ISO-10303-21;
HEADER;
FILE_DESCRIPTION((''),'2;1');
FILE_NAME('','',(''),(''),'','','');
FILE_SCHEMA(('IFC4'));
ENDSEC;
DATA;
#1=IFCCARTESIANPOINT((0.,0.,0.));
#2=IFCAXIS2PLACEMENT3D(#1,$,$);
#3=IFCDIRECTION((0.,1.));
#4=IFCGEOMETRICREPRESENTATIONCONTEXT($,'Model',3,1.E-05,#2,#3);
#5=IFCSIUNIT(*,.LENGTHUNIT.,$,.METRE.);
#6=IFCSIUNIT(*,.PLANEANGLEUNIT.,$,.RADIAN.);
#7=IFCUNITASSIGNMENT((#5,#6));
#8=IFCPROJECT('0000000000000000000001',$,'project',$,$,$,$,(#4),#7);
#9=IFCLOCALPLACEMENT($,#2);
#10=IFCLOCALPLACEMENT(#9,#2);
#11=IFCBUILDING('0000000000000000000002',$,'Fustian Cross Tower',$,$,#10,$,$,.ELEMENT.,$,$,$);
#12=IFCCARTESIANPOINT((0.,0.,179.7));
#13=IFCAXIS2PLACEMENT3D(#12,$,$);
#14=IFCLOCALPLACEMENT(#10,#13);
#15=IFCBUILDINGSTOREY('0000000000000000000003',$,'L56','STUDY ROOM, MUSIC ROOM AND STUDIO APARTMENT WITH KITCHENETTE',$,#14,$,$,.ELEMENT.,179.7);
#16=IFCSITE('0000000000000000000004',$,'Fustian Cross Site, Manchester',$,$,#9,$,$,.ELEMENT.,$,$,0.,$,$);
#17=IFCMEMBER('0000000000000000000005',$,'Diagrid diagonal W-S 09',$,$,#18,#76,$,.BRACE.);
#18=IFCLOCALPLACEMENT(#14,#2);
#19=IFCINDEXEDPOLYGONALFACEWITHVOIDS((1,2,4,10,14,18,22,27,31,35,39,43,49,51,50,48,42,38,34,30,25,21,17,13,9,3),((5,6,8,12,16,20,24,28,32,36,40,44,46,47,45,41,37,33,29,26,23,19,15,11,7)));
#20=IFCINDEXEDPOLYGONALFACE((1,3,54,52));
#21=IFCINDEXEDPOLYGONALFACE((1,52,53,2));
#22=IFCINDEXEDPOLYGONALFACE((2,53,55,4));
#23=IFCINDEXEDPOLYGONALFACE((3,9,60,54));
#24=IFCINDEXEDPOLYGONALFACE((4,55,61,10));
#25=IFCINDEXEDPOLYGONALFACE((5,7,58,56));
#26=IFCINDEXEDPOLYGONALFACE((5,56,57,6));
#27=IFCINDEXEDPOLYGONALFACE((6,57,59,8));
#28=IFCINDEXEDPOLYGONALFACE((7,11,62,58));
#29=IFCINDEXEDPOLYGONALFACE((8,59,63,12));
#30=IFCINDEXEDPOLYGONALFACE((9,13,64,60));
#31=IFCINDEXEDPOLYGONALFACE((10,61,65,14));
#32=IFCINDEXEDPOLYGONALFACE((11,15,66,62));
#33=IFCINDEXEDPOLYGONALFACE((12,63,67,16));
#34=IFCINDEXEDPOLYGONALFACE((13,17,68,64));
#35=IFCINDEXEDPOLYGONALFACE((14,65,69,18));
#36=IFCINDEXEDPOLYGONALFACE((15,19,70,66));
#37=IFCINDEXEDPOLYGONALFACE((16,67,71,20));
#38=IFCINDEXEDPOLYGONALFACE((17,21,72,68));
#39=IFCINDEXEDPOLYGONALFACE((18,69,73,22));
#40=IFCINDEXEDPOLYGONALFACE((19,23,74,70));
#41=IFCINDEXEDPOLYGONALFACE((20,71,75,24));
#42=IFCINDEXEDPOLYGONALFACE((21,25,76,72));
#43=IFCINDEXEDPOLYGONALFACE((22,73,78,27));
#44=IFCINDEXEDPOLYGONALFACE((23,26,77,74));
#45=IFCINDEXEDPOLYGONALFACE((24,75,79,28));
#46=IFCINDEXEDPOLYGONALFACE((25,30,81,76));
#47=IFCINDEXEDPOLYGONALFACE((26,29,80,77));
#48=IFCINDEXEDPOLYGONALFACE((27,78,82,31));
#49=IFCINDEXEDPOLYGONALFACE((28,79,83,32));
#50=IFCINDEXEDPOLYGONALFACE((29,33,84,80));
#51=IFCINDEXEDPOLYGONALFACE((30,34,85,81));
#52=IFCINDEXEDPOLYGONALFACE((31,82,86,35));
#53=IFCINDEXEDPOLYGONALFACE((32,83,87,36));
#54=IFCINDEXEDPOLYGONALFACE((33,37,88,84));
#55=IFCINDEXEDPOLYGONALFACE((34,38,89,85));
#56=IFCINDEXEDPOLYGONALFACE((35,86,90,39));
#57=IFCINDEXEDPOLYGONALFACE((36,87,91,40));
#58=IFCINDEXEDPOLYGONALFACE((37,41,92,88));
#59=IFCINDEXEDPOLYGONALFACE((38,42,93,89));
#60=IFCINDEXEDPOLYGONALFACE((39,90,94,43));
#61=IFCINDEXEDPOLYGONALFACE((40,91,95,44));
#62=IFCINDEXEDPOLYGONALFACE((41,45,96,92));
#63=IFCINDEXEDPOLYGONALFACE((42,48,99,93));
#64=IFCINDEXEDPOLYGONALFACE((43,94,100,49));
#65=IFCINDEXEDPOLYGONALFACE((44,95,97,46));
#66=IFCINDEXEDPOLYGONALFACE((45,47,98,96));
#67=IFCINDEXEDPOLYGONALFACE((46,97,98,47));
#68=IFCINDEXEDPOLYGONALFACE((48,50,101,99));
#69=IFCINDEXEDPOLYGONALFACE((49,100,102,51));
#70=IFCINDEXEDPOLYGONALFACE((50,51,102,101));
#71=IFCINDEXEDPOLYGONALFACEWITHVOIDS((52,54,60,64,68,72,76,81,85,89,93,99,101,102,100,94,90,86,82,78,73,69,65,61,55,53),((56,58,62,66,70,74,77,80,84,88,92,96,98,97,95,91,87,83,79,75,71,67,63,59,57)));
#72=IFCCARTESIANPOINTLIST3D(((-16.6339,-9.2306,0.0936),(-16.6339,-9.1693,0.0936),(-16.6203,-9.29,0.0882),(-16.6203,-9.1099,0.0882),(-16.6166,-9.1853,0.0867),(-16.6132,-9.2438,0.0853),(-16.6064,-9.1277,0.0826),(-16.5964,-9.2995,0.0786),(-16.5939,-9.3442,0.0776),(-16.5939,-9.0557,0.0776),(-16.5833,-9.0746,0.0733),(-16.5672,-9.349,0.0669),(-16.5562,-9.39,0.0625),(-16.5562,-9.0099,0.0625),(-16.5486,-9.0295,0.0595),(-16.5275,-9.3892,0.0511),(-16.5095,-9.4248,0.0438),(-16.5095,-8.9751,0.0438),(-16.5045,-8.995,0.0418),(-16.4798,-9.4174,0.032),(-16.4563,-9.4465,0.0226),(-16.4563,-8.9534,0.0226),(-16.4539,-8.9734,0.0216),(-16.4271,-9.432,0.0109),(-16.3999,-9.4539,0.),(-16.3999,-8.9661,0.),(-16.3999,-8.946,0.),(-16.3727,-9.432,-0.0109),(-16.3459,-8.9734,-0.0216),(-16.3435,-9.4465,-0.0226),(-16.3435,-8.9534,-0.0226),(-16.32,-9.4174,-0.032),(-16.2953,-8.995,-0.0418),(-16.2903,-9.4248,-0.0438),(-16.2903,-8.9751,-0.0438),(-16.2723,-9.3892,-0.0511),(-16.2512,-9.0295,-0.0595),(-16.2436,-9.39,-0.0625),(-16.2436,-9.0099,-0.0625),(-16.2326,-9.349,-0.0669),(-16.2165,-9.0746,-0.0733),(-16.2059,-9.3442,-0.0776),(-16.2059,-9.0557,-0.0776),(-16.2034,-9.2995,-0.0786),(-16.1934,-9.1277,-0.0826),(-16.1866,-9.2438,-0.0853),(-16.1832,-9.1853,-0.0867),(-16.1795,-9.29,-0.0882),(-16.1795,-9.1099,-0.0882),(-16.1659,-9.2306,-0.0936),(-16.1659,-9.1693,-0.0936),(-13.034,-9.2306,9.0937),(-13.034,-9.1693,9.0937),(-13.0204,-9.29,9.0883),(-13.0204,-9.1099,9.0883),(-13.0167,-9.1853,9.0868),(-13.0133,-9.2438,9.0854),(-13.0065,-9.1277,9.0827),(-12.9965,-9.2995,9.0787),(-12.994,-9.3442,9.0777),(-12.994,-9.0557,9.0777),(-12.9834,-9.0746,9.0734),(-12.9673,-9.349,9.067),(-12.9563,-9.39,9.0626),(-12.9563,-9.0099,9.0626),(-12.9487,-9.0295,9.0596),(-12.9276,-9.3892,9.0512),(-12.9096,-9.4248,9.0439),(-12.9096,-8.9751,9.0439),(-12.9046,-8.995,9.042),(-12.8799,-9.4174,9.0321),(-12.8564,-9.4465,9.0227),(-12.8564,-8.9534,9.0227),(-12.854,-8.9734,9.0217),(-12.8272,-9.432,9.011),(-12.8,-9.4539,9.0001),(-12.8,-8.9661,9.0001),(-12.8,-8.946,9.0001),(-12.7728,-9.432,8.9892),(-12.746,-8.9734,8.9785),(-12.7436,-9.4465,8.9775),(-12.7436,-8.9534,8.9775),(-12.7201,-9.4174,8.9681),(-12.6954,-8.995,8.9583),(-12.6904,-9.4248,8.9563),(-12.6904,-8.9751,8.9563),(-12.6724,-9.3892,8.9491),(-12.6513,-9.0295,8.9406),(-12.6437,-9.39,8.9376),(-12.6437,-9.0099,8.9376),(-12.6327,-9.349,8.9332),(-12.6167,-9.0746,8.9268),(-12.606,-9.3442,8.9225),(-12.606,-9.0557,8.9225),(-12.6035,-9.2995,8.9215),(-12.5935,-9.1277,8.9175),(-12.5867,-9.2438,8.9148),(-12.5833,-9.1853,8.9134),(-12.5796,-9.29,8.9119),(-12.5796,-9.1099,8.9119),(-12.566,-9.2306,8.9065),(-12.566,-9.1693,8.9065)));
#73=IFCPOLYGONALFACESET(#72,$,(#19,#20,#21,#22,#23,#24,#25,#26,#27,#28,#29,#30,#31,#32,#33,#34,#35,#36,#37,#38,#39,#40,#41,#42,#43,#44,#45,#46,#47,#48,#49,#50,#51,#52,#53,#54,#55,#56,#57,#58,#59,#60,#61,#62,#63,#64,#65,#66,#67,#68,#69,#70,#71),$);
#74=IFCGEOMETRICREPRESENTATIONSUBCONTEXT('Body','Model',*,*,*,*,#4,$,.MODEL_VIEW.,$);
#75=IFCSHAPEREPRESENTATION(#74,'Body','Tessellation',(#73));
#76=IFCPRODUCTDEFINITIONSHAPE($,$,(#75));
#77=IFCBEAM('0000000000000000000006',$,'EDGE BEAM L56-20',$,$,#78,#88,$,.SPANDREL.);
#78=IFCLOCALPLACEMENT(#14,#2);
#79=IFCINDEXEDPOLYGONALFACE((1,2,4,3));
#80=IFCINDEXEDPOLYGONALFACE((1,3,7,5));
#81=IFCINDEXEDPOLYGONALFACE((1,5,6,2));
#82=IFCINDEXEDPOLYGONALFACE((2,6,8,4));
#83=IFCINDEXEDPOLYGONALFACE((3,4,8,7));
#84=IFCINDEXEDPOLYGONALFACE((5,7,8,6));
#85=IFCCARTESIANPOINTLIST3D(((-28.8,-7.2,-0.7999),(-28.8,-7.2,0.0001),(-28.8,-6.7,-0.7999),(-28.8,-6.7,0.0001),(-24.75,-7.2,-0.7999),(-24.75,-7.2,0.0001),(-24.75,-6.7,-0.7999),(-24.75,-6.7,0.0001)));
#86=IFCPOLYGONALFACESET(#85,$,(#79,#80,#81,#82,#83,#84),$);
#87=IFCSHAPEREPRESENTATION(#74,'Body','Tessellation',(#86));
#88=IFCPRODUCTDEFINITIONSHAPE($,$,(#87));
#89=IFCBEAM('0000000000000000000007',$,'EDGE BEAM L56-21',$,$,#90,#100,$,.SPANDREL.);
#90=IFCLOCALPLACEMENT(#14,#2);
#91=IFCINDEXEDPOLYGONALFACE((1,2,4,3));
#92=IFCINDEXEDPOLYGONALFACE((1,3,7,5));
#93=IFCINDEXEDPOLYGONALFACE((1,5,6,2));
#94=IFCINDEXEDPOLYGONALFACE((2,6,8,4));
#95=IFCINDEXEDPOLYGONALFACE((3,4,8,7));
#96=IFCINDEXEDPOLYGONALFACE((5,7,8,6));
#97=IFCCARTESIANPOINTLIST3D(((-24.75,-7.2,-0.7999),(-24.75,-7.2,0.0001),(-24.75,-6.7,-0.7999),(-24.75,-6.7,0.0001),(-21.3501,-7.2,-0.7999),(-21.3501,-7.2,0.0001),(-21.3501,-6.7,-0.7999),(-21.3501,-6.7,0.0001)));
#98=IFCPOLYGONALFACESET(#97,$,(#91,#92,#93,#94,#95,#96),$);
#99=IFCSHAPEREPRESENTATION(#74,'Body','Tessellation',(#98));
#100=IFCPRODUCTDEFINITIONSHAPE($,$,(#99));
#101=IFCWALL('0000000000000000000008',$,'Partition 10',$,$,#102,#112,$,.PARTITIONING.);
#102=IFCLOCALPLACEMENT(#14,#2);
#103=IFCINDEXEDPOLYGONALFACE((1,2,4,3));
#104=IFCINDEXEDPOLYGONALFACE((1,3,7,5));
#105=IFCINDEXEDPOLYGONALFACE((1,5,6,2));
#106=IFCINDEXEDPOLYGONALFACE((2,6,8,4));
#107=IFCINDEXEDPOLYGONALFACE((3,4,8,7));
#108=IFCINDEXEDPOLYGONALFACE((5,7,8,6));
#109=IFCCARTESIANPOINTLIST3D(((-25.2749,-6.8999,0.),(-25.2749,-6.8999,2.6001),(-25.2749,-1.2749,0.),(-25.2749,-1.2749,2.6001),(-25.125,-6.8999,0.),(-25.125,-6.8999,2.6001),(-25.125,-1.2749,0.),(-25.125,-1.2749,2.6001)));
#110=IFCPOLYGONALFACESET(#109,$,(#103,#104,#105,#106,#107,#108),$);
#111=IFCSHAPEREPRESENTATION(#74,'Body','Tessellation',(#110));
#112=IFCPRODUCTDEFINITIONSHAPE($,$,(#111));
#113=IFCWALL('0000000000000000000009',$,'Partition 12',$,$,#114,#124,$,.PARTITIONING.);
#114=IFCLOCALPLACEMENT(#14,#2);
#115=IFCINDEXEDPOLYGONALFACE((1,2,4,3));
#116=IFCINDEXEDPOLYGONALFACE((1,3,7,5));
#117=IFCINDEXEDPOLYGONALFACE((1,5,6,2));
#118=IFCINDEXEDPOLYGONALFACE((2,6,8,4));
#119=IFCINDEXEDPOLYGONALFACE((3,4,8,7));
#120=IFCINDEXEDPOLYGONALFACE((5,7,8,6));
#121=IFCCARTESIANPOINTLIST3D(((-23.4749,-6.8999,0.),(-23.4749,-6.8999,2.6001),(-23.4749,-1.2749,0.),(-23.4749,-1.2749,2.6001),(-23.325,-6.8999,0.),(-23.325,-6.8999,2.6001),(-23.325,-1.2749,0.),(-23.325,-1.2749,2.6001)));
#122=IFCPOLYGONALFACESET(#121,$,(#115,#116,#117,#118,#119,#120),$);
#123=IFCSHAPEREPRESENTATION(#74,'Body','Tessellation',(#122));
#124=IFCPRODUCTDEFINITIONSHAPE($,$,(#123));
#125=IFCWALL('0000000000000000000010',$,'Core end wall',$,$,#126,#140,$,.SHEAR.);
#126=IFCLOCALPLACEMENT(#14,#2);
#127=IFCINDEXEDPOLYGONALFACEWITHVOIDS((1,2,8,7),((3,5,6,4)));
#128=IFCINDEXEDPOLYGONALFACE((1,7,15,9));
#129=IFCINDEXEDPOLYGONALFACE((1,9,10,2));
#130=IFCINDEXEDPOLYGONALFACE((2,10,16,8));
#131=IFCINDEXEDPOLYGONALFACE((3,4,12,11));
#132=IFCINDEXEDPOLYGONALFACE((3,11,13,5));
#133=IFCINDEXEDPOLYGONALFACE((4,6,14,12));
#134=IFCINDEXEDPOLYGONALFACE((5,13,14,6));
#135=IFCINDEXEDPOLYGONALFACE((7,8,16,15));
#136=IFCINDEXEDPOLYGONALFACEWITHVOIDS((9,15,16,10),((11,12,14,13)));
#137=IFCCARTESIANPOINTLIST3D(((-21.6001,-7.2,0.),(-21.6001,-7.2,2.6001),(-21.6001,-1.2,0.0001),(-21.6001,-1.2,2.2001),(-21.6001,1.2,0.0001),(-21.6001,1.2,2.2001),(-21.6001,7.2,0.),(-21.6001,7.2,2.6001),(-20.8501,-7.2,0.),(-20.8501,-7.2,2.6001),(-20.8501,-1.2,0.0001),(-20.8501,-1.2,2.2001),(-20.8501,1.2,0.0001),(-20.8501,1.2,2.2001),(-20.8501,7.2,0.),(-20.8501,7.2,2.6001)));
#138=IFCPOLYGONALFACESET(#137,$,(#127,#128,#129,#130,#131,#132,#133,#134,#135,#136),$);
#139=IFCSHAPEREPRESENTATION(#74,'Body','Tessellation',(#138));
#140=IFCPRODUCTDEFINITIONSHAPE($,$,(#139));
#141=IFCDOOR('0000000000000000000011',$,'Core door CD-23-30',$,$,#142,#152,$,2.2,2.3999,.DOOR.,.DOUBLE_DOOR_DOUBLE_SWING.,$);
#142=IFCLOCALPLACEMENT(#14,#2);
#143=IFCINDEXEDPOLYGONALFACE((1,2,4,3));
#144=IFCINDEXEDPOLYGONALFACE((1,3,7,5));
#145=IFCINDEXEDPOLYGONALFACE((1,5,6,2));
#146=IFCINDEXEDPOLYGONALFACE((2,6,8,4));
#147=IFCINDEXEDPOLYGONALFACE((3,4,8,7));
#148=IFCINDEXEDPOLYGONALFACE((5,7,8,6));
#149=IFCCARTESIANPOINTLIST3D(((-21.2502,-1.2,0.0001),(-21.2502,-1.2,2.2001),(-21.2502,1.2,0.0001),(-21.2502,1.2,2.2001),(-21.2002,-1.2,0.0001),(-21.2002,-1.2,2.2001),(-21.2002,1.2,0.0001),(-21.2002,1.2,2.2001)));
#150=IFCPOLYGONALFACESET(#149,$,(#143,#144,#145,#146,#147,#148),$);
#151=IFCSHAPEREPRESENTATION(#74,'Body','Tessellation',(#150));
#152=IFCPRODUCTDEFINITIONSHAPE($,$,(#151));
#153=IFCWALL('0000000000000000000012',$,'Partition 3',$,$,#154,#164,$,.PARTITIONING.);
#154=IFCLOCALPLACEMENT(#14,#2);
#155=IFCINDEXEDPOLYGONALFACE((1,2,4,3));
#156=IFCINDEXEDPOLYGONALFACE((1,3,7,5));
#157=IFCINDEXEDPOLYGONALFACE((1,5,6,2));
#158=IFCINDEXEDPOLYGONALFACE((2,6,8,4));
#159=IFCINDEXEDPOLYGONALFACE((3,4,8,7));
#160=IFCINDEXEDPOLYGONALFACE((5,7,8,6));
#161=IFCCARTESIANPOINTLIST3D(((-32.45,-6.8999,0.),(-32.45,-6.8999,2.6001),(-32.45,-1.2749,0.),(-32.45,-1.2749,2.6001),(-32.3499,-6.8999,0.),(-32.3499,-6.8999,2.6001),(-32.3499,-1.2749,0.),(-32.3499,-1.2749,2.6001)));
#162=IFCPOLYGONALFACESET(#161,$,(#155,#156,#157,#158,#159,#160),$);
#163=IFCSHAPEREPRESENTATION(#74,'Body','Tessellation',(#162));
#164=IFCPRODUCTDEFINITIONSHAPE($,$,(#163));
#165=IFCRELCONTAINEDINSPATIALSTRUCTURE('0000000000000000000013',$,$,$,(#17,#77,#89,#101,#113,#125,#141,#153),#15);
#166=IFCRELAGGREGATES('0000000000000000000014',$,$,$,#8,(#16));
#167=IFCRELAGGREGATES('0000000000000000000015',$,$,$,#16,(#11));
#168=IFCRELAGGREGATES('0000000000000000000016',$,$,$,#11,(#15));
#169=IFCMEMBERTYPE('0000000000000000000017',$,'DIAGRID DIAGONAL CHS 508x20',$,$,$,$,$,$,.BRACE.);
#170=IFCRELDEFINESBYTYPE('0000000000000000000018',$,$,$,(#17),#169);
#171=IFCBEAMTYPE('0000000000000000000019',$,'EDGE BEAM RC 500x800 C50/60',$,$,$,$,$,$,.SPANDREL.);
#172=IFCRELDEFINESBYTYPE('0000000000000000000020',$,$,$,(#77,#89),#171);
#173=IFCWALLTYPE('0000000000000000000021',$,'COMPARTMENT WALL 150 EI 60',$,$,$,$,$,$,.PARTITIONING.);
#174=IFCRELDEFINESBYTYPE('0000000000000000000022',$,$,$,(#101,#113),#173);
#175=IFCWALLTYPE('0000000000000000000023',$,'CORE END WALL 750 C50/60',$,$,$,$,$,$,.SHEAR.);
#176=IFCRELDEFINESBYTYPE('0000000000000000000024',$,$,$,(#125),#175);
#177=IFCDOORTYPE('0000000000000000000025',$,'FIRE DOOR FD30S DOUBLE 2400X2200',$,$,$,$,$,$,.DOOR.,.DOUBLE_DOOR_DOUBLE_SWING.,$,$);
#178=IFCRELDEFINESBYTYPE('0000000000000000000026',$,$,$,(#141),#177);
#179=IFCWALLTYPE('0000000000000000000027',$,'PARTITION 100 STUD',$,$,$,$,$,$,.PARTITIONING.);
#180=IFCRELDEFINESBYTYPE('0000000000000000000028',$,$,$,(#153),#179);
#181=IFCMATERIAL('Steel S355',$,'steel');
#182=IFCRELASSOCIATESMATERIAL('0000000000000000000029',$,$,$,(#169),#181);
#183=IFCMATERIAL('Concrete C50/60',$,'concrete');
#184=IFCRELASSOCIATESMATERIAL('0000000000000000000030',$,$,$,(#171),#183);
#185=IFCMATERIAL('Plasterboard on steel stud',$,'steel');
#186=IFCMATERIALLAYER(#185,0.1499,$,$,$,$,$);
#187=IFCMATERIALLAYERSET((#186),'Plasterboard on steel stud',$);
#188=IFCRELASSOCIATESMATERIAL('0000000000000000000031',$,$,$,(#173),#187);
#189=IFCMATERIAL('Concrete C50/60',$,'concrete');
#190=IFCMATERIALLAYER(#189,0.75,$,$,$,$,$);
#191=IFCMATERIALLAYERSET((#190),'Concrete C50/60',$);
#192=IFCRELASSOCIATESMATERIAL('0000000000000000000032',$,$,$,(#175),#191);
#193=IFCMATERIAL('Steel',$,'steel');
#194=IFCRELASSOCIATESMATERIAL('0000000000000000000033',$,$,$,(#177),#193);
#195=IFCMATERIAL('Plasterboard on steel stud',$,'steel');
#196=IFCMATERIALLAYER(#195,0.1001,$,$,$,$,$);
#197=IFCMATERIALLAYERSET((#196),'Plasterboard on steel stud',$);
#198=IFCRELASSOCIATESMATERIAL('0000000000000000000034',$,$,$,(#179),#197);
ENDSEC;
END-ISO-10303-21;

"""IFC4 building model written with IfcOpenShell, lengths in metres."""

from ifc_helpers import new_model, si_unit, direction, frame, frame_2d, origin, origin_2d, place, context, subcontext, project, spatial, rectangle, hollow_circle, extrude, material, layer, layer_set, material_profile, profile_set, type_object, element, fill, save


model = new_model("IFC4")

# Units and contexts
model_context = context("Model", 3, precision=1e-05, world=origin(), true_north=direction((0.0, 1.0)))
body_context = subcontext(model_context, "Body", "Model", "MODEL_VIEW")
ifc_project = project(units=[si_unit("LENGTHUNIT", "METRE"), si_unit("PLANEANGLEUNIT", "RADIAN")], contexts=[model_context])

# Site, building, storey
site_placement = place(None, origin())
site = spatial("IfcSite", under=ifc_project, at=site_placement, Name="Fustian Cross Site, Manchester", CompositionType="ELEMENT", RefElevation=0.0)
building_placement = place(site_placement, origin())
building = spatial("IfcBuilding", under=site, at=building_placement, Name="Fustian Cross Tower", CompositionType="ELEMENT")
storey_placement = place(building_placement, frame((0.0, 0.0, 179.7)))
storey = spatial("IfcBuildingStorey", under=building, at=storey_placement, Name="L56", Description="STUDY ROOM, MUSIC ROOM AND STUDIO APARTMENT WITH KITCHENETTE", CompositionType="ELEMENT", Elevation=179.7)

# Member
ifc_material_1 = material(Name="Steel S355", Category="steel")
ifc_material_profile_1 = material_profile(ifc_material_1, hollow_circle(Radius=0.2539, WallThickness=0.02, at=origin_2d()), Name="CHS 508x20")
ifc_profile_set_1 = profile_set([ifc_material_profile_1], Name="Steel S355")
member_type = type_object("IfcMemberType", Name="DIAGRID DIAGONAL CHS 508x20", PredefinedType="BRACE", material=ifc_profile_set_1)
for number, where, z_axis, x_axis, name in (
    (1, (-16.3999, -9.2, 0.0), (0.371378, 0.0, 0.928482), (0.0, 1.0, 0.0), "Diagrid diagonal W-S 09"),
):
    element("IfcMember", number, at=place(storey_placement, frame(where, z_axis=z_axis, x_axis=x_axis)), inside=storey, type_object=member_type, Name=name, PredefinedType="BRACE", context=body_context, shape_type="SweptSolid", body=[
        extrude(hollow_circle(Radius=0.2539, WallThickness=0.02, at=origin_2d()), origin(), (0.0, 0.0, 1.0), 9.6934),
    ])

# Beams
ifc_material_2 = material(Name="Concrete C50/60", Category="concrete")
ifc_material_profile_2 = material_profile(ifc_material_2, rectangle(XDim=0.5, YDim=0.8, at=origin_2d()), Name="RC 500x800")
ifc_profile_set_2 = profile_set([ifc_material_profile_2], Name="Concrete C50/60")
beam_type = type_object("IfcBeamType", Name="EDGE BEAM RC 500x800 C50/60", PredefinedType="SPANDREL", material=ifc_profile_set_2)
beam_1_placement = place(storey_placement, frame((-28.8, -6.95, -0.3999), z_axis=(1.0, 0.0, 0.0), x_axis=(0.0, 1.0, 0.0)))
element("IfcBeam", 2, at=beam_1_placement, inside=storey, type_object=beam_type, Name="EDGE BEAM L56-20", PredefinedType="SPANDREL", context=body_context, shape_type="SweptSolid", body=[
    extrude(rectangle(XDim=0.5, YDim=0.8, at=origin_2d()), origin(), (0.0, 0.0, 1.0), 4.05),
])
beam_2_placement = place(storey_placement, frame((-24.75, -6.95, -0.3999), z_axis=(1.0, 0.0, 0.0), x_axis=(0.0, 1.0, 0.0)))
element("IfcBeam", 3, at=beam_2_placement, inside=storey, type_object=beam_type, Name="EDGE BEAM L56-21", PredefinedType="SPANDREL", context=body_context, shape_type="SweptSolid", body=[
    extrude(rectangle(XDim=0.5, YDim=0.8, at=origin_2d()), origin(), (0.0, 0.0, 1.0), 3.3999),
])

# Walls
ifc_material_3 = material(Name="Plasterboard on steel stud", Category="steel")
ifc_layer_1 = layer(ifc_material_3, 0.1499)
ifc_layer_set_1 = layer_set([ifc_layer_1], Name="Plasterboard on steel stud")
wall_type_1 = type_object("IfcWallType", Name="COMPARTMENT WALL 150 EI 60", PredefinedType="PARTITIONING", material=ifc_layer_set_1)
for number, where, z_axis, x_axis, name in (
    (4, (-25.2, -6.8999, 0.0), (0.0, 0.0, 1.0), (0.0, 1.0, 0.0), "Partition 10"),
    (5, (-23.3999, -6.8999, 0.0), (0.0, 0.0, 1.0), (0.0, 1.0, 0.0), "Partition 12"),
):
    element("IfcWall", number, at=place(storey_placement, frame(where, z_axis=z_axis, x_axis=x_axis)), inside=storey, type_object=wall_type_1, Name=name, PredefinedType="PARTITIONING", context=body_context, shape_type="SweptSolid", body=[
        extrude(rectangle(XDim=5.625, YDim=0.1499, at=frame_2d((2.8125, 0.0))), origin(), (0.0, 0.0, 1.0), 2.6001),
    ])

# Wall, opening, door
ifc_material_4 = material(Name="Concrete C50/60", Category="concrete")
ifc_layer_2 = layer(ifc_material_4, 0.75)
ifc_layer_set_2 = layer_set([ifc_layer_2], Name="Concrete C50/60")
wall_type_2 = type_object("IfcWallType", Name="CORE END WALL 750 C50/60", PredefinedType="SHEAR", material=ifc_layer_set_2)
wall_1_placement = place(storey_placement, frame((-21.2251, -7.2, 0.0), z_axis=(0.0, 0.0, 1.0), x_axis=(0.0, 1.0, 0.0)))
wall_1 = element("IfcWall", 6, at=wall_1_placement, inside=storey, type_object=wall_type_2, Name="Core end wall", PredefinedType="SHEAR", context=body_context, shape_type="SweptSolid", body=[
    extrude(rectangle(XDim=14.3999, YDim=0.75, at=frame_2d((7.2, 0.0))), origin(), (0.0, 0.0, 1.0), 2.6001),
])
opening_1_placement = place(wall_1_placement, frame((6.0, 0.0, 0.0)))
opening_1 = element("IfcOpeningElement", 7, at=opening_1_placement, cuts=wall_1, PredefinedType="OPENING", context=body_context, shape_type="SweptSolid", body=[
    extrude(rectangle(XDim=2.3999, YDim=2.2, at=frame_2d((1.2, 1.1001))), frame((0.0, 0.385, 0.0), z_axis=(0.0, -1.0, 0.0), x_axis=(1.0, 0.0, 0.0)), (0.0, 0.0, 1.0), 0.77),
])
ifc_material_5 = material(Name="Steel", Category="steel")
door_type_1 = type_object("IfcDoorType", Name="FIRE DOOR FD30S DOUBLE 2400X2200", OperationType="DOUBLE_DOOR_DOUBLE_SWING", PredefinedType="DOOR", material=ifc_material_5)
door_1_placement = place(opening_1_placement, frame((2.3999, 0.0, 0.0), z_axis=(0.0, 0.0, 1.0), x_axis=(-1.0, 0.0, 0.0)))
door_1 = element("IfcDoor", 8, at=door_1_placement, inside=storey, type_object=door_type_1, Name="Core door CD-23-30", OperationType="DOUBLE_DOOR_DOUBLE_SWING", OverallHeight=2.2, OverallWidth=2.3999, PredefinedType="DOOR", context=body_context, shape_type="SweptSolid", body=[
    extrude(rectangle(XDim=2.3999, YDim=2.2, at=frame_2d((1.2, 1.1001))), frame((0.0, 0.0249, 0.0), z_axis=(0.0, -1.0, 0.0), x_axis=(1.0, 0.0, 0.0)), (0.0, 0.0, 1.0), 0.05),
])
fill(opening_1, door_1)

# Wall
ifc_material_6 = material(Name="Plasterboard on steel stud", Category="steel")
ifc_layer_3 = layer(ifc_material_6, 0.1001)
ifc_layer_set_3 = layer_set([ifc_layer_3], Name="Plasterboard on steel stud")
wall_type_3 = type_object("IfcWallType", Name="PARTITION 100 STUD", PredefinedType="PARTITIONING", material=ifc_layer_set_3)
wall_2_placement = place(storey_placement, frame((-32.3999, -6.8999, 0.0), z_axis=(0.0, 0.0, 1.0), x_axis=(0.0, 1.0, 0.0)))
element("IfcWall", 9, at=wall_2_placement, inside=storey, type_object=wall_type_3, Name="Partition 3", PredefinedType="PARTITIONING", context=body_context, shape_type="SweptSolid", body=[
    extrude(rectangle(XDim=5.625, YDim=0.1001, at=frame_2d((2.8125, 0.0))), origin(), (0.0, 0.0, 1.0), 2.6001),
])

save(model, "model.ifc")
